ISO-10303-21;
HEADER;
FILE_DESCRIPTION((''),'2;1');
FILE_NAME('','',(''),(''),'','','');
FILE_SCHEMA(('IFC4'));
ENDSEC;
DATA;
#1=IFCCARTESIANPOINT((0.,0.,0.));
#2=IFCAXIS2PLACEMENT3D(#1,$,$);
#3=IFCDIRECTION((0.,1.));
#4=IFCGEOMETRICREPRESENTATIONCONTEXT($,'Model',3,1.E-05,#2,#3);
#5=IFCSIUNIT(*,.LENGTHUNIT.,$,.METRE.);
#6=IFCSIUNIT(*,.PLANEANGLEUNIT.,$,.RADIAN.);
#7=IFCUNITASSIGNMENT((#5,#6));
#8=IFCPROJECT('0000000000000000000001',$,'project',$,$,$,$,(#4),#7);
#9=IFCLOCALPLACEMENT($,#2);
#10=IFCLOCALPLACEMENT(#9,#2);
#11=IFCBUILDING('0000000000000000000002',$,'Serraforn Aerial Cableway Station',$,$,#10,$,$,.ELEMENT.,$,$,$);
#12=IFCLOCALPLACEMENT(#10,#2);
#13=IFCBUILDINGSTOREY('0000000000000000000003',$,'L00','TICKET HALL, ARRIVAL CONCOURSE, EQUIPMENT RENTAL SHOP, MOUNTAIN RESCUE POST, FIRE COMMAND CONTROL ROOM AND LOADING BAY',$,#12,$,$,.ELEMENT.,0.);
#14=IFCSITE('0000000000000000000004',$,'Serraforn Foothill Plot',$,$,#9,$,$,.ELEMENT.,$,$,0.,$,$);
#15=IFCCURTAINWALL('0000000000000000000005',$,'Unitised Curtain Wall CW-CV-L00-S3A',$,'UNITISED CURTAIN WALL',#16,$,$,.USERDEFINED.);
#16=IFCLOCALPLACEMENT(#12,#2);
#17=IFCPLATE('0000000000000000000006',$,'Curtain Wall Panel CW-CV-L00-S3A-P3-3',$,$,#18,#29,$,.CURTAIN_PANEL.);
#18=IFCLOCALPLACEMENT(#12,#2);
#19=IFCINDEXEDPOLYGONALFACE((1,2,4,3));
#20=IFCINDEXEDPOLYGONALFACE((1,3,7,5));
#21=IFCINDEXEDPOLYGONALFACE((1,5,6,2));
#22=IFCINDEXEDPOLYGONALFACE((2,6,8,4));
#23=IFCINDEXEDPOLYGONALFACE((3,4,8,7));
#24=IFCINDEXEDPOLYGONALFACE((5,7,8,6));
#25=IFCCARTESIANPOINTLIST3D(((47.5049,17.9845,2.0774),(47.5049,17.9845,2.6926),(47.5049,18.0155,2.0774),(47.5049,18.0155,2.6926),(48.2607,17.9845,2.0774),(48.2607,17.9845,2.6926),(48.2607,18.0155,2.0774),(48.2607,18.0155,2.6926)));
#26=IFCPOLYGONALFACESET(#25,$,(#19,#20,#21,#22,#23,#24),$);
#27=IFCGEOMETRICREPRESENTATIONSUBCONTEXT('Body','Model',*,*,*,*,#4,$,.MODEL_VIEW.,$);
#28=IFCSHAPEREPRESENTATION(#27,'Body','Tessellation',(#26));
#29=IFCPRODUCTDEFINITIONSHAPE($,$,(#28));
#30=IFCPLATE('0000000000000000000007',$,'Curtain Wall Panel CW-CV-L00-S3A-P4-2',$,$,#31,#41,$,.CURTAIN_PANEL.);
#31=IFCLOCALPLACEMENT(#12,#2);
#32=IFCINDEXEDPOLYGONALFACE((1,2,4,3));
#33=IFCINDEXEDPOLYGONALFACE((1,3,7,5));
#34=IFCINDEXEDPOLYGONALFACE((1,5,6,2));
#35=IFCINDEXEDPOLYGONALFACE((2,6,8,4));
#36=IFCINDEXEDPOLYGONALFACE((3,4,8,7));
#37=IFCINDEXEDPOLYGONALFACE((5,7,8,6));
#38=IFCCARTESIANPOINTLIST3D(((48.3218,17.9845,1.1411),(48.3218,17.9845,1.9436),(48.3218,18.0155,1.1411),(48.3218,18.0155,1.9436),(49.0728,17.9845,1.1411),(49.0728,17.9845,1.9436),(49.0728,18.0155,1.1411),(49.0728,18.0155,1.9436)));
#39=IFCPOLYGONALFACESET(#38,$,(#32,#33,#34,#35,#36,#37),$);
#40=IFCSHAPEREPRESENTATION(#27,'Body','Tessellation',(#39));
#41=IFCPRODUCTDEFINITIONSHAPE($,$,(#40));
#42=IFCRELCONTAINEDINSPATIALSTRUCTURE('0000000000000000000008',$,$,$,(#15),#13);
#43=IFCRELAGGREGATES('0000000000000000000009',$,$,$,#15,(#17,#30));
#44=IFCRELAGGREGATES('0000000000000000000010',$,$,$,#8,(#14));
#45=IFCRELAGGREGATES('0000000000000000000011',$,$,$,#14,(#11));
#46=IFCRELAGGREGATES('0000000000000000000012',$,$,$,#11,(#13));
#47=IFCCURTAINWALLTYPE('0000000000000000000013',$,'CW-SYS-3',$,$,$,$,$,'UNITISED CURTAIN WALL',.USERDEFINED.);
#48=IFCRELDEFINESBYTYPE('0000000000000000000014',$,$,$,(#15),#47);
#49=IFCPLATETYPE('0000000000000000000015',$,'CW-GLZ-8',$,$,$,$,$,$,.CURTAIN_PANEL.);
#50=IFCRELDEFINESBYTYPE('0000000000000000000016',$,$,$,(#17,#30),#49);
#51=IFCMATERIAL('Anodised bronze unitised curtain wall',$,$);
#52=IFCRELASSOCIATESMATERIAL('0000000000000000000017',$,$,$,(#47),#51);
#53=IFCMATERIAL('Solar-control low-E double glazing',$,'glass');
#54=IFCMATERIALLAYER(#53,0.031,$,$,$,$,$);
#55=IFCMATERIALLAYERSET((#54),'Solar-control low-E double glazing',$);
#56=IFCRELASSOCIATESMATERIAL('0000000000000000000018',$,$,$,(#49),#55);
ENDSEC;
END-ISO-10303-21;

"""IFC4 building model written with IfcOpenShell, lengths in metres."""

from ifc_helpers import new_model, si_unit, direction, frame, origin, origin_2d, place, context, subcontext, project, spatial, rectangle, extrude, material, layer, layer_set, type_object, element, aggregate, save


model = new_model("IFC4")

# Units and contexts
model_context = context("Model", 3, precision=1e-05, world=origin(), true_north=direction((0.0, 1.0)))
body_context = subcontext(model_context, "Body", "Model", "MODEL_VIEW")
ifc_project = project(units=[si_unit("LENGTHUNIT", "METRE"), si_unit("PLANEANGLEUNIT", "RADIAN")], contexts=[model_context])

# Site, building, storey
site_placement = place(None, origin())
site = spatial("IfcSite", under=ifc_project, at=site_placement, Name="Serraforn Foothill Plot", CompositionType="ELEMENT", RefElevation=0.0)
building_placement = place(site_placement, origin())
building = spatial("IfcBuilding", under=site, at=building_placement, Name="Serraforn Aerial Cableway Station", CompositionType="ELEMENT")
storey_placement = place(building_placement, origin())
storey = spatial("IfcBuildingStorey", under=building, at=storey_placement, Name="L00", Description="TICKET HALL, ARRIVAL CONCOURSE, EQUIPMENT RENTAL SHOP, MOUNTAIN RESCUE POST, FIRE COMMAND CONTROL ROOM AND LOADING BAY", CompositionType="ELEMENT", Elevation=0.0)

# Curtain wall, plates
ifc_material_1 = material(Name="Anodised bronze unitised curtain wall")
curtain_wall_type = type_object("IfcCurtainWallType", Name="CW-SYS-3", ElementType="UNITISED CURTAIN WALL", PredefinedType="USERDEFINED", material=ifc_material_1)
curtain_wall_placement = place(storey_placement, origin())
curtain_wall = element("IfcCurtainWall", 1, at=curtain_wall_placement, inside=storey, type_object=curtain_wall_type, Name="Unitised Curtain Wall CW-CV-L00-S3A", ObjectType="UNITISED CURTAIN WALL", PredefinedType="USERDEFINED")
ifc_material_2 = material(Name="Solar-control low-E double glazing", Category="glass")
ifc_layer_1 = layer(ifc_material_2, 0.031)
ifc_layer_set_1 = layer_set([ifc_layer_1], Name="Solar-control low-E double glazing")
plate_type_1 = type_object("IfcPlateType", Name="CW-GLZ-8", PredefinedType="CURTAIN_PANEL", material=ifc_layer_set_1)
plate_1_placement = place(storey_placement, frame((47.8828, 18.0, 2.0774), z_axis=(0.0, 0.0, 1.0), x_axis=(1.0, 0.0, 0.0)))
plate_1 = element("IfcPlate", 2, at=plate_1_placement, type_object=plate_type_1, Name="Curtain Wall Panel CW-CV-L00-S3A-P3-3", PredefinedType="CURTAIN_PANEL", context=body_context, shape_type="SweptSolid", body=[
    extrude(rectangle(XDim=0.7559, YDim=0.031, at=origin_2d()), origin(), (0.0, 0.0, 1.0), 0.6152),
])
plate_2_placement = place(storey_placement, frame((48.6973, 18.0, 1.1411), z_axis=(0.0, 0.0, 1.0), x_axis=(1.0, 0.0, 0.0)))
plate_2 = element("IfcPlate", 3, at=plate_2_placement, type_object=plate_type_1, Name="Curtain Wall Panel CW-CV-L00-S3A-P4-2", PredefinedType="CURTAIN_PANEL", context=body_context, shape_type="SweptSolid", body=[
    extrude(rectangle(XDim=0.751, YDim=0.031, at=origin_2d()), origin(), (0.0, 0.0, 1.0), 0.8025),
])
aggregate(curtain_wall, [plate_1, plate_2])

save(model, "model.ifc")
